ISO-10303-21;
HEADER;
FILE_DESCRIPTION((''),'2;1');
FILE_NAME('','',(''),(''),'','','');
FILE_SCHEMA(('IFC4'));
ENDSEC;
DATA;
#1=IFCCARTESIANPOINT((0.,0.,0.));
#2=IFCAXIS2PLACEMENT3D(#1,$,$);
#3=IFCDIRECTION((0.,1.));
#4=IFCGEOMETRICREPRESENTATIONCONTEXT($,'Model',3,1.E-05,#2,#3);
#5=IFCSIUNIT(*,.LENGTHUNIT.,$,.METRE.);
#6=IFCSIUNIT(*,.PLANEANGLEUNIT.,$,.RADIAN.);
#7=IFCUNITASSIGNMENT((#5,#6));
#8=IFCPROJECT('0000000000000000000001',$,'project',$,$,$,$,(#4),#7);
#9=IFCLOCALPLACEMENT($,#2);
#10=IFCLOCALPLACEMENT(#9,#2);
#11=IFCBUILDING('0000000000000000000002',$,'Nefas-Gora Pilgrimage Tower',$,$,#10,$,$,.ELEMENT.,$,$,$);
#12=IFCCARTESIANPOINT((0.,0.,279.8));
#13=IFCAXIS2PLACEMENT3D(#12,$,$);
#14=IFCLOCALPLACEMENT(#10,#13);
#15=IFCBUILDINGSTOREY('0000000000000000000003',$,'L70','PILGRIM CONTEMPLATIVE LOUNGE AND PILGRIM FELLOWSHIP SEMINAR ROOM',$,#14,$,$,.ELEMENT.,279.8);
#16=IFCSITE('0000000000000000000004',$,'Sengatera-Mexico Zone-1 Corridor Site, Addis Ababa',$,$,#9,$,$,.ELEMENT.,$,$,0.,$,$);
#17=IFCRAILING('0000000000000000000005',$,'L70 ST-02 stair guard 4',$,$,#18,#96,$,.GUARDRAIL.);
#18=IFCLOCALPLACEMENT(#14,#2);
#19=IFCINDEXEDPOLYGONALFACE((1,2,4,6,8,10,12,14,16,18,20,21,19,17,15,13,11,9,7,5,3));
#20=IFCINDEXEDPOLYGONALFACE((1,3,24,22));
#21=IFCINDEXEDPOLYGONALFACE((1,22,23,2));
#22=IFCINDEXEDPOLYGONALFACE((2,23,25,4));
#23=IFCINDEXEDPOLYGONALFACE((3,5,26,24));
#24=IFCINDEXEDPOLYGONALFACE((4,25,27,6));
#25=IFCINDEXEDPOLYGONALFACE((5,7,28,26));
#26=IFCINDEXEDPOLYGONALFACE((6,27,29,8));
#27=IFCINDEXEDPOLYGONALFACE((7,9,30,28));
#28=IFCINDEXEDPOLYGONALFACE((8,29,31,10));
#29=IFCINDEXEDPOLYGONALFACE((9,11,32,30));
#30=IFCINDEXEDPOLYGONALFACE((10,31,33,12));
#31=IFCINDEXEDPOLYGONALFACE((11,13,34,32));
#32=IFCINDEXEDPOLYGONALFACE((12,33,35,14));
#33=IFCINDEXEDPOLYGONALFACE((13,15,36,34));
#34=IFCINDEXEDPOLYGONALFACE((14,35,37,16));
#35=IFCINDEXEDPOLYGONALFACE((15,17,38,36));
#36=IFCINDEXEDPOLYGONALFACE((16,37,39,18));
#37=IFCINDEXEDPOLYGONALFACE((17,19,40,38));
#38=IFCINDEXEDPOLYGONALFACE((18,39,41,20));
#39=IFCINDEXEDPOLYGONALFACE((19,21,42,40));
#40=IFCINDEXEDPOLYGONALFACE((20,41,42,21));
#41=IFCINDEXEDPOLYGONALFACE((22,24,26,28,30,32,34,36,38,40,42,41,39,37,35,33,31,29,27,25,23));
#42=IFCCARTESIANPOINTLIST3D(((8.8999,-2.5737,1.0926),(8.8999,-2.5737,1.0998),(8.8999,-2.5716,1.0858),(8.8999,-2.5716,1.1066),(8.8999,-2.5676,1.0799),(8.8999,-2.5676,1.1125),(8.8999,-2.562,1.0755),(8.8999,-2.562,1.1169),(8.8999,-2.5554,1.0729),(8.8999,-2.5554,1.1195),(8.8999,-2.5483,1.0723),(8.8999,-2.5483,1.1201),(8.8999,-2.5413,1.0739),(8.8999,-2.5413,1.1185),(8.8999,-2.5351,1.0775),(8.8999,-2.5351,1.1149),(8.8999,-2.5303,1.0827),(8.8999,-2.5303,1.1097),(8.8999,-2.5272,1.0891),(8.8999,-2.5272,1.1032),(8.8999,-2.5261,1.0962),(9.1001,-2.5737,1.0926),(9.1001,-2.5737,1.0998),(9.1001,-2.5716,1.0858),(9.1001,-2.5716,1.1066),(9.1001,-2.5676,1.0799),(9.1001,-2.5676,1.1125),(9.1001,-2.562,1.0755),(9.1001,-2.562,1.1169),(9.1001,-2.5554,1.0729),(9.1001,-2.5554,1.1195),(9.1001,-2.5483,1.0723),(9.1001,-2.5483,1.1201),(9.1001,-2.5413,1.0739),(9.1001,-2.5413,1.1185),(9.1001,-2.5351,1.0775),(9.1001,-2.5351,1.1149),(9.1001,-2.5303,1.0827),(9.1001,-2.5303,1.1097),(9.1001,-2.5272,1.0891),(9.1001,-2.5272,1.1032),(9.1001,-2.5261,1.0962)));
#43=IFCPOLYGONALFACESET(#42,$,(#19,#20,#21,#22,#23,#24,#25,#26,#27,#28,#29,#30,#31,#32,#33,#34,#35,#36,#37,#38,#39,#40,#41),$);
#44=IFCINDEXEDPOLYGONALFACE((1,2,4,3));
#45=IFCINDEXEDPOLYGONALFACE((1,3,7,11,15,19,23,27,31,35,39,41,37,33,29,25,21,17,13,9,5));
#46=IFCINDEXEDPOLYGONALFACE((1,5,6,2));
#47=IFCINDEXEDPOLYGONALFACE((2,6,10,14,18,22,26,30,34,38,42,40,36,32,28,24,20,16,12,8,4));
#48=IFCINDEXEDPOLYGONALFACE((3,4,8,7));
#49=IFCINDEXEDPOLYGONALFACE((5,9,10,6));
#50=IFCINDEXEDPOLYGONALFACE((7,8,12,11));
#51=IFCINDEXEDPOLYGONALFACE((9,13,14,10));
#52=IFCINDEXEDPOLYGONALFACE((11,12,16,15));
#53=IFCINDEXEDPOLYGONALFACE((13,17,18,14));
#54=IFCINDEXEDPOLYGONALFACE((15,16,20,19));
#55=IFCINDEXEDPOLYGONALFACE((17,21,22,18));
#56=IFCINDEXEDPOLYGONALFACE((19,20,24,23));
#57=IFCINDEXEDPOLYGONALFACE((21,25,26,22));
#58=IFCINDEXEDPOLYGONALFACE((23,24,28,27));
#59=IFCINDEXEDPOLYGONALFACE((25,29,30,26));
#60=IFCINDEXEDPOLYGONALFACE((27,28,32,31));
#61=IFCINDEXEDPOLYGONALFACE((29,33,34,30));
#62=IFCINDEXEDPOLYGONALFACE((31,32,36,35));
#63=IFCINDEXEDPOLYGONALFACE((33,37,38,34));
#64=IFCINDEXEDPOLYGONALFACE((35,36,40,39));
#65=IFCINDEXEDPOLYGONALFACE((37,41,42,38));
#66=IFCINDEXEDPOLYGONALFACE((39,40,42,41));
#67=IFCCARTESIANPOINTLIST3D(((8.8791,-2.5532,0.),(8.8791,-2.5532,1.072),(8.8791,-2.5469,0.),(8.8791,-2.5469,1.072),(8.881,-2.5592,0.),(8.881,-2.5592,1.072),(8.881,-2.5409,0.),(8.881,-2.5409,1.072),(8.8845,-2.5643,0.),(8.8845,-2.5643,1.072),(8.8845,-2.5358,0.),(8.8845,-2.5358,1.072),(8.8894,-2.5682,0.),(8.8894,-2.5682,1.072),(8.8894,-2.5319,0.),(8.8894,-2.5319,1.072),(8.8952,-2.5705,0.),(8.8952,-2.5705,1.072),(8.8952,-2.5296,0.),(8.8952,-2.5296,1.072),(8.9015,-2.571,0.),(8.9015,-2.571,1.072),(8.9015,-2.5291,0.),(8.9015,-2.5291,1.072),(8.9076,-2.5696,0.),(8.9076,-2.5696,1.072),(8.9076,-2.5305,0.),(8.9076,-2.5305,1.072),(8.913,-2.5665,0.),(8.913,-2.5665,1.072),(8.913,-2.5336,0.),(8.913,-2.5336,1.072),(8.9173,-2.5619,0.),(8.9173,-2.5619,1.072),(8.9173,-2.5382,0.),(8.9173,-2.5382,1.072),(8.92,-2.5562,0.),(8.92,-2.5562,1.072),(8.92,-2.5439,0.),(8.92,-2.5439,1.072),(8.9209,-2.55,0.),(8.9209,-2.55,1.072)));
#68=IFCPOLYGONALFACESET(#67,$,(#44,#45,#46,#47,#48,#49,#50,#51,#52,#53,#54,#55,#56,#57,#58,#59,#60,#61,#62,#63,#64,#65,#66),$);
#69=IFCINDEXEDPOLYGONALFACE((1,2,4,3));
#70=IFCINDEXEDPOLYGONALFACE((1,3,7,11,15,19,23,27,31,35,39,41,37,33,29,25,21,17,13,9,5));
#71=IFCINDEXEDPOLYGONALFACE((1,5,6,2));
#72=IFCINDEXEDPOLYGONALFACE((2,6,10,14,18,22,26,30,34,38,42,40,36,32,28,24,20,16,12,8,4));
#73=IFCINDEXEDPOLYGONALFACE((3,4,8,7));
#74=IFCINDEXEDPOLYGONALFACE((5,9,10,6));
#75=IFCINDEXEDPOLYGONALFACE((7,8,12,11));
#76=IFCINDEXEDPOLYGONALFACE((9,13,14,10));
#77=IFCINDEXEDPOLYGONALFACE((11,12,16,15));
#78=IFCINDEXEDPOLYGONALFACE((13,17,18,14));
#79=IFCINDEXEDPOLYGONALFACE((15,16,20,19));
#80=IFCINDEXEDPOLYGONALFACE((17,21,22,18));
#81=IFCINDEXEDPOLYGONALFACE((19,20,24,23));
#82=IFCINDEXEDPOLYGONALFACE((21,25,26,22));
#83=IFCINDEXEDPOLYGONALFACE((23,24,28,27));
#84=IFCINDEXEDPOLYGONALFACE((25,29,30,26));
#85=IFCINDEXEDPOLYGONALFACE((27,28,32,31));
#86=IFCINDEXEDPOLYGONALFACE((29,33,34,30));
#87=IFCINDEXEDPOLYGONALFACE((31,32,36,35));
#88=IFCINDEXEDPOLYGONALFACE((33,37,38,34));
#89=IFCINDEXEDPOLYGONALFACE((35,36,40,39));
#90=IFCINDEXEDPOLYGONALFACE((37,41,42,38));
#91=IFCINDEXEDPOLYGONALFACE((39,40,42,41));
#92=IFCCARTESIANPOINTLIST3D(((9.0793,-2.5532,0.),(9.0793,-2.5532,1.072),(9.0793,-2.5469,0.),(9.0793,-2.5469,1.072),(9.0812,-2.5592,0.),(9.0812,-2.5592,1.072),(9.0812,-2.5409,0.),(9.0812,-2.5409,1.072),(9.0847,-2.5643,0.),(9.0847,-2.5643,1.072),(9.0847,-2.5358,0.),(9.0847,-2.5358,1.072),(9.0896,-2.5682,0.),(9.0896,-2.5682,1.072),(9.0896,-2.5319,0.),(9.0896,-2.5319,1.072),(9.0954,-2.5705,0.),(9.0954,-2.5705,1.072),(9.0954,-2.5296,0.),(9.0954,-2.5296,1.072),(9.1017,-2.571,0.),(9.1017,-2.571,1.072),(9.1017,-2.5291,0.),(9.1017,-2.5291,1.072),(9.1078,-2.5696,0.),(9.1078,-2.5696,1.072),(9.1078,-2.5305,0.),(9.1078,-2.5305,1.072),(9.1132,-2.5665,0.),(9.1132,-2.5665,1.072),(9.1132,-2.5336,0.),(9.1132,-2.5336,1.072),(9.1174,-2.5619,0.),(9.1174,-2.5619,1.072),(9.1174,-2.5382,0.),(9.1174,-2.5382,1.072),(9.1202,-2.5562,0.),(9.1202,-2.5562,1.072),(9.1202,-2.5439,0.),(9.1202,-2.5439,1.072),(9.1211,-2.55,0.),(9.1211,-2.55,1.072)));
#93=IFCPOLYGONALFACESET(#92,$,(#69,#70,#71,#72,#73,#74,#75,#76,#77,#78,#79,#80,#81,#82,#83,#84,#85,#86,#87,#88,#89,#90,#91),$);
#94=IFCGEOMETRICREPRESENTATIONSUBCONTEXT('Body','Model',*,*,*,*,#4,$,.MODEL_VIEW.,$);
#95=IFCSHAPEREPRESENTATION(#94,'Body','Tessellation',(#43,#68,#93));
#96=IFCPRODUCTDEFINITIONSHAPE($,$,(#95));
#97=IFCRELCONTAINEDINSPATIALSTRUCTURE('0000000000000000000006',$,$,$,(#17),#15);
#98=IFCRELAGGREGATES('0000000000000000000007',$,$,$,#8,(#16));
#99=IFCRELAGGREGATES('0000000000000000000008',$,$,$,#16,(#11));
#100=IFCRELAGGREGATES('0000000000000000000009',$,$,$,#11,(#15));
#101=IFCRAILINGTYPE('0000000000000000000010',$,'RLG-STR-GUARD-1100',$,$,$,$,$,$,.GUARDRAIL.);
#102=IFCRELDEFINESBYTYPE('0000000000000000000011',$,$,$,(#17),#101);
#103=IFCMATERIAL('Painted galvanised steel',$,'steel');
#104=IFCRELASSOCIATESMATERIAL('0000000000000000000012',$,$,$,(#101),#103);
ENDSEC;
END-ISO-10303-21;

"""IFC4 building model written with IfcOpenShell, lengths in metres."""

from ifc_helpers import new_model, si_unit, direction, frame, origin, origin_2d, place, context, subcontext, project, spatial, circle, extrude, material, type_object, element, save


model = new_model("IFC4")

# Units and contexts
model_context = context("Model", 3, precision=1e-05, world=origin(), true_north=direction((0.0, 1.0)))
body_context = subcontext(model_context, "Body", "Model", "MODEL_VIEW")
ifc_project = project(units=[si_unit("LENGTHUNIT", "METRE"), si_unit("PLANEANGLEUNIT", "RADIAN")], contexts=[model_context])

# Site, building, storey
site_placement = place(None, origin())
site = spatial("IfcSite", under=ifc_project, at=site_placement, Name="Sengatera-Mexico Zone-1 Corridor Site, Addis Ababa", CompositionType="ELEMENT", RefElevation=0.0)
building_placement = place(site_placement, origin())
building = spatial("IfcBuilding", under=site, at=building_placement, Name="Nefas-Gora Pilgrimage Tower", CompositionType="ELEMENT")
storey_placement = place(building_placement, frame((0.0, 0.0, 279.8)))
storey = spatial("IfcBuildingStorey", under=building, at=storey_placement, Name="L70", Description="PILGRIM CONTEMPLATIVE LOUNGE AND PILGRIM FELLOWSHIP SEMINAR ROOM", CompositionType="ELEMENT", Elevation=279.8)

# Railing
ifc_material_1 = material(Name="Painted galvanised steel", Category="steel")
railing_type_1 = type_object("IfcRailingType", Name="RLG-STR-GUARD-1100", PredefinedType="GUARDRAIL", material=ifc_material_1)
railing_1_placement = place(storey_placement, frame((8.8999, -2.55, 0.0)))
element("IfcRailing", 1, at=railing_1_placement, inside=storey, type_object=railing_type_1, Name="L70 ST-02 stair guard 4", PredefinedType="GUARDRAIL", context=body_context, shape_type="SweptSolid", body=[
    extrude(circle(Radius=0.0239, at=origin_2d()), frame((0.0, 0.0, 1.0962), z_axis=(1.0, 0.0, 0.0), x_axis=(0.0, 1.0, 0.0)), (0.0, 0.0, 1.0), 0.2002),
    extrude(circle(Radius=0.021, at=origin_2d()), origin(), (0.0, 0.0, 1.0), 1.072),
    extrude(circle(Radius=0.021, at=origin_2d()), frame((0.2002, 0.0, 0.0)), (0.0, 0.0, 1.0), 1.072),
])

save(model, "model.ifc")
